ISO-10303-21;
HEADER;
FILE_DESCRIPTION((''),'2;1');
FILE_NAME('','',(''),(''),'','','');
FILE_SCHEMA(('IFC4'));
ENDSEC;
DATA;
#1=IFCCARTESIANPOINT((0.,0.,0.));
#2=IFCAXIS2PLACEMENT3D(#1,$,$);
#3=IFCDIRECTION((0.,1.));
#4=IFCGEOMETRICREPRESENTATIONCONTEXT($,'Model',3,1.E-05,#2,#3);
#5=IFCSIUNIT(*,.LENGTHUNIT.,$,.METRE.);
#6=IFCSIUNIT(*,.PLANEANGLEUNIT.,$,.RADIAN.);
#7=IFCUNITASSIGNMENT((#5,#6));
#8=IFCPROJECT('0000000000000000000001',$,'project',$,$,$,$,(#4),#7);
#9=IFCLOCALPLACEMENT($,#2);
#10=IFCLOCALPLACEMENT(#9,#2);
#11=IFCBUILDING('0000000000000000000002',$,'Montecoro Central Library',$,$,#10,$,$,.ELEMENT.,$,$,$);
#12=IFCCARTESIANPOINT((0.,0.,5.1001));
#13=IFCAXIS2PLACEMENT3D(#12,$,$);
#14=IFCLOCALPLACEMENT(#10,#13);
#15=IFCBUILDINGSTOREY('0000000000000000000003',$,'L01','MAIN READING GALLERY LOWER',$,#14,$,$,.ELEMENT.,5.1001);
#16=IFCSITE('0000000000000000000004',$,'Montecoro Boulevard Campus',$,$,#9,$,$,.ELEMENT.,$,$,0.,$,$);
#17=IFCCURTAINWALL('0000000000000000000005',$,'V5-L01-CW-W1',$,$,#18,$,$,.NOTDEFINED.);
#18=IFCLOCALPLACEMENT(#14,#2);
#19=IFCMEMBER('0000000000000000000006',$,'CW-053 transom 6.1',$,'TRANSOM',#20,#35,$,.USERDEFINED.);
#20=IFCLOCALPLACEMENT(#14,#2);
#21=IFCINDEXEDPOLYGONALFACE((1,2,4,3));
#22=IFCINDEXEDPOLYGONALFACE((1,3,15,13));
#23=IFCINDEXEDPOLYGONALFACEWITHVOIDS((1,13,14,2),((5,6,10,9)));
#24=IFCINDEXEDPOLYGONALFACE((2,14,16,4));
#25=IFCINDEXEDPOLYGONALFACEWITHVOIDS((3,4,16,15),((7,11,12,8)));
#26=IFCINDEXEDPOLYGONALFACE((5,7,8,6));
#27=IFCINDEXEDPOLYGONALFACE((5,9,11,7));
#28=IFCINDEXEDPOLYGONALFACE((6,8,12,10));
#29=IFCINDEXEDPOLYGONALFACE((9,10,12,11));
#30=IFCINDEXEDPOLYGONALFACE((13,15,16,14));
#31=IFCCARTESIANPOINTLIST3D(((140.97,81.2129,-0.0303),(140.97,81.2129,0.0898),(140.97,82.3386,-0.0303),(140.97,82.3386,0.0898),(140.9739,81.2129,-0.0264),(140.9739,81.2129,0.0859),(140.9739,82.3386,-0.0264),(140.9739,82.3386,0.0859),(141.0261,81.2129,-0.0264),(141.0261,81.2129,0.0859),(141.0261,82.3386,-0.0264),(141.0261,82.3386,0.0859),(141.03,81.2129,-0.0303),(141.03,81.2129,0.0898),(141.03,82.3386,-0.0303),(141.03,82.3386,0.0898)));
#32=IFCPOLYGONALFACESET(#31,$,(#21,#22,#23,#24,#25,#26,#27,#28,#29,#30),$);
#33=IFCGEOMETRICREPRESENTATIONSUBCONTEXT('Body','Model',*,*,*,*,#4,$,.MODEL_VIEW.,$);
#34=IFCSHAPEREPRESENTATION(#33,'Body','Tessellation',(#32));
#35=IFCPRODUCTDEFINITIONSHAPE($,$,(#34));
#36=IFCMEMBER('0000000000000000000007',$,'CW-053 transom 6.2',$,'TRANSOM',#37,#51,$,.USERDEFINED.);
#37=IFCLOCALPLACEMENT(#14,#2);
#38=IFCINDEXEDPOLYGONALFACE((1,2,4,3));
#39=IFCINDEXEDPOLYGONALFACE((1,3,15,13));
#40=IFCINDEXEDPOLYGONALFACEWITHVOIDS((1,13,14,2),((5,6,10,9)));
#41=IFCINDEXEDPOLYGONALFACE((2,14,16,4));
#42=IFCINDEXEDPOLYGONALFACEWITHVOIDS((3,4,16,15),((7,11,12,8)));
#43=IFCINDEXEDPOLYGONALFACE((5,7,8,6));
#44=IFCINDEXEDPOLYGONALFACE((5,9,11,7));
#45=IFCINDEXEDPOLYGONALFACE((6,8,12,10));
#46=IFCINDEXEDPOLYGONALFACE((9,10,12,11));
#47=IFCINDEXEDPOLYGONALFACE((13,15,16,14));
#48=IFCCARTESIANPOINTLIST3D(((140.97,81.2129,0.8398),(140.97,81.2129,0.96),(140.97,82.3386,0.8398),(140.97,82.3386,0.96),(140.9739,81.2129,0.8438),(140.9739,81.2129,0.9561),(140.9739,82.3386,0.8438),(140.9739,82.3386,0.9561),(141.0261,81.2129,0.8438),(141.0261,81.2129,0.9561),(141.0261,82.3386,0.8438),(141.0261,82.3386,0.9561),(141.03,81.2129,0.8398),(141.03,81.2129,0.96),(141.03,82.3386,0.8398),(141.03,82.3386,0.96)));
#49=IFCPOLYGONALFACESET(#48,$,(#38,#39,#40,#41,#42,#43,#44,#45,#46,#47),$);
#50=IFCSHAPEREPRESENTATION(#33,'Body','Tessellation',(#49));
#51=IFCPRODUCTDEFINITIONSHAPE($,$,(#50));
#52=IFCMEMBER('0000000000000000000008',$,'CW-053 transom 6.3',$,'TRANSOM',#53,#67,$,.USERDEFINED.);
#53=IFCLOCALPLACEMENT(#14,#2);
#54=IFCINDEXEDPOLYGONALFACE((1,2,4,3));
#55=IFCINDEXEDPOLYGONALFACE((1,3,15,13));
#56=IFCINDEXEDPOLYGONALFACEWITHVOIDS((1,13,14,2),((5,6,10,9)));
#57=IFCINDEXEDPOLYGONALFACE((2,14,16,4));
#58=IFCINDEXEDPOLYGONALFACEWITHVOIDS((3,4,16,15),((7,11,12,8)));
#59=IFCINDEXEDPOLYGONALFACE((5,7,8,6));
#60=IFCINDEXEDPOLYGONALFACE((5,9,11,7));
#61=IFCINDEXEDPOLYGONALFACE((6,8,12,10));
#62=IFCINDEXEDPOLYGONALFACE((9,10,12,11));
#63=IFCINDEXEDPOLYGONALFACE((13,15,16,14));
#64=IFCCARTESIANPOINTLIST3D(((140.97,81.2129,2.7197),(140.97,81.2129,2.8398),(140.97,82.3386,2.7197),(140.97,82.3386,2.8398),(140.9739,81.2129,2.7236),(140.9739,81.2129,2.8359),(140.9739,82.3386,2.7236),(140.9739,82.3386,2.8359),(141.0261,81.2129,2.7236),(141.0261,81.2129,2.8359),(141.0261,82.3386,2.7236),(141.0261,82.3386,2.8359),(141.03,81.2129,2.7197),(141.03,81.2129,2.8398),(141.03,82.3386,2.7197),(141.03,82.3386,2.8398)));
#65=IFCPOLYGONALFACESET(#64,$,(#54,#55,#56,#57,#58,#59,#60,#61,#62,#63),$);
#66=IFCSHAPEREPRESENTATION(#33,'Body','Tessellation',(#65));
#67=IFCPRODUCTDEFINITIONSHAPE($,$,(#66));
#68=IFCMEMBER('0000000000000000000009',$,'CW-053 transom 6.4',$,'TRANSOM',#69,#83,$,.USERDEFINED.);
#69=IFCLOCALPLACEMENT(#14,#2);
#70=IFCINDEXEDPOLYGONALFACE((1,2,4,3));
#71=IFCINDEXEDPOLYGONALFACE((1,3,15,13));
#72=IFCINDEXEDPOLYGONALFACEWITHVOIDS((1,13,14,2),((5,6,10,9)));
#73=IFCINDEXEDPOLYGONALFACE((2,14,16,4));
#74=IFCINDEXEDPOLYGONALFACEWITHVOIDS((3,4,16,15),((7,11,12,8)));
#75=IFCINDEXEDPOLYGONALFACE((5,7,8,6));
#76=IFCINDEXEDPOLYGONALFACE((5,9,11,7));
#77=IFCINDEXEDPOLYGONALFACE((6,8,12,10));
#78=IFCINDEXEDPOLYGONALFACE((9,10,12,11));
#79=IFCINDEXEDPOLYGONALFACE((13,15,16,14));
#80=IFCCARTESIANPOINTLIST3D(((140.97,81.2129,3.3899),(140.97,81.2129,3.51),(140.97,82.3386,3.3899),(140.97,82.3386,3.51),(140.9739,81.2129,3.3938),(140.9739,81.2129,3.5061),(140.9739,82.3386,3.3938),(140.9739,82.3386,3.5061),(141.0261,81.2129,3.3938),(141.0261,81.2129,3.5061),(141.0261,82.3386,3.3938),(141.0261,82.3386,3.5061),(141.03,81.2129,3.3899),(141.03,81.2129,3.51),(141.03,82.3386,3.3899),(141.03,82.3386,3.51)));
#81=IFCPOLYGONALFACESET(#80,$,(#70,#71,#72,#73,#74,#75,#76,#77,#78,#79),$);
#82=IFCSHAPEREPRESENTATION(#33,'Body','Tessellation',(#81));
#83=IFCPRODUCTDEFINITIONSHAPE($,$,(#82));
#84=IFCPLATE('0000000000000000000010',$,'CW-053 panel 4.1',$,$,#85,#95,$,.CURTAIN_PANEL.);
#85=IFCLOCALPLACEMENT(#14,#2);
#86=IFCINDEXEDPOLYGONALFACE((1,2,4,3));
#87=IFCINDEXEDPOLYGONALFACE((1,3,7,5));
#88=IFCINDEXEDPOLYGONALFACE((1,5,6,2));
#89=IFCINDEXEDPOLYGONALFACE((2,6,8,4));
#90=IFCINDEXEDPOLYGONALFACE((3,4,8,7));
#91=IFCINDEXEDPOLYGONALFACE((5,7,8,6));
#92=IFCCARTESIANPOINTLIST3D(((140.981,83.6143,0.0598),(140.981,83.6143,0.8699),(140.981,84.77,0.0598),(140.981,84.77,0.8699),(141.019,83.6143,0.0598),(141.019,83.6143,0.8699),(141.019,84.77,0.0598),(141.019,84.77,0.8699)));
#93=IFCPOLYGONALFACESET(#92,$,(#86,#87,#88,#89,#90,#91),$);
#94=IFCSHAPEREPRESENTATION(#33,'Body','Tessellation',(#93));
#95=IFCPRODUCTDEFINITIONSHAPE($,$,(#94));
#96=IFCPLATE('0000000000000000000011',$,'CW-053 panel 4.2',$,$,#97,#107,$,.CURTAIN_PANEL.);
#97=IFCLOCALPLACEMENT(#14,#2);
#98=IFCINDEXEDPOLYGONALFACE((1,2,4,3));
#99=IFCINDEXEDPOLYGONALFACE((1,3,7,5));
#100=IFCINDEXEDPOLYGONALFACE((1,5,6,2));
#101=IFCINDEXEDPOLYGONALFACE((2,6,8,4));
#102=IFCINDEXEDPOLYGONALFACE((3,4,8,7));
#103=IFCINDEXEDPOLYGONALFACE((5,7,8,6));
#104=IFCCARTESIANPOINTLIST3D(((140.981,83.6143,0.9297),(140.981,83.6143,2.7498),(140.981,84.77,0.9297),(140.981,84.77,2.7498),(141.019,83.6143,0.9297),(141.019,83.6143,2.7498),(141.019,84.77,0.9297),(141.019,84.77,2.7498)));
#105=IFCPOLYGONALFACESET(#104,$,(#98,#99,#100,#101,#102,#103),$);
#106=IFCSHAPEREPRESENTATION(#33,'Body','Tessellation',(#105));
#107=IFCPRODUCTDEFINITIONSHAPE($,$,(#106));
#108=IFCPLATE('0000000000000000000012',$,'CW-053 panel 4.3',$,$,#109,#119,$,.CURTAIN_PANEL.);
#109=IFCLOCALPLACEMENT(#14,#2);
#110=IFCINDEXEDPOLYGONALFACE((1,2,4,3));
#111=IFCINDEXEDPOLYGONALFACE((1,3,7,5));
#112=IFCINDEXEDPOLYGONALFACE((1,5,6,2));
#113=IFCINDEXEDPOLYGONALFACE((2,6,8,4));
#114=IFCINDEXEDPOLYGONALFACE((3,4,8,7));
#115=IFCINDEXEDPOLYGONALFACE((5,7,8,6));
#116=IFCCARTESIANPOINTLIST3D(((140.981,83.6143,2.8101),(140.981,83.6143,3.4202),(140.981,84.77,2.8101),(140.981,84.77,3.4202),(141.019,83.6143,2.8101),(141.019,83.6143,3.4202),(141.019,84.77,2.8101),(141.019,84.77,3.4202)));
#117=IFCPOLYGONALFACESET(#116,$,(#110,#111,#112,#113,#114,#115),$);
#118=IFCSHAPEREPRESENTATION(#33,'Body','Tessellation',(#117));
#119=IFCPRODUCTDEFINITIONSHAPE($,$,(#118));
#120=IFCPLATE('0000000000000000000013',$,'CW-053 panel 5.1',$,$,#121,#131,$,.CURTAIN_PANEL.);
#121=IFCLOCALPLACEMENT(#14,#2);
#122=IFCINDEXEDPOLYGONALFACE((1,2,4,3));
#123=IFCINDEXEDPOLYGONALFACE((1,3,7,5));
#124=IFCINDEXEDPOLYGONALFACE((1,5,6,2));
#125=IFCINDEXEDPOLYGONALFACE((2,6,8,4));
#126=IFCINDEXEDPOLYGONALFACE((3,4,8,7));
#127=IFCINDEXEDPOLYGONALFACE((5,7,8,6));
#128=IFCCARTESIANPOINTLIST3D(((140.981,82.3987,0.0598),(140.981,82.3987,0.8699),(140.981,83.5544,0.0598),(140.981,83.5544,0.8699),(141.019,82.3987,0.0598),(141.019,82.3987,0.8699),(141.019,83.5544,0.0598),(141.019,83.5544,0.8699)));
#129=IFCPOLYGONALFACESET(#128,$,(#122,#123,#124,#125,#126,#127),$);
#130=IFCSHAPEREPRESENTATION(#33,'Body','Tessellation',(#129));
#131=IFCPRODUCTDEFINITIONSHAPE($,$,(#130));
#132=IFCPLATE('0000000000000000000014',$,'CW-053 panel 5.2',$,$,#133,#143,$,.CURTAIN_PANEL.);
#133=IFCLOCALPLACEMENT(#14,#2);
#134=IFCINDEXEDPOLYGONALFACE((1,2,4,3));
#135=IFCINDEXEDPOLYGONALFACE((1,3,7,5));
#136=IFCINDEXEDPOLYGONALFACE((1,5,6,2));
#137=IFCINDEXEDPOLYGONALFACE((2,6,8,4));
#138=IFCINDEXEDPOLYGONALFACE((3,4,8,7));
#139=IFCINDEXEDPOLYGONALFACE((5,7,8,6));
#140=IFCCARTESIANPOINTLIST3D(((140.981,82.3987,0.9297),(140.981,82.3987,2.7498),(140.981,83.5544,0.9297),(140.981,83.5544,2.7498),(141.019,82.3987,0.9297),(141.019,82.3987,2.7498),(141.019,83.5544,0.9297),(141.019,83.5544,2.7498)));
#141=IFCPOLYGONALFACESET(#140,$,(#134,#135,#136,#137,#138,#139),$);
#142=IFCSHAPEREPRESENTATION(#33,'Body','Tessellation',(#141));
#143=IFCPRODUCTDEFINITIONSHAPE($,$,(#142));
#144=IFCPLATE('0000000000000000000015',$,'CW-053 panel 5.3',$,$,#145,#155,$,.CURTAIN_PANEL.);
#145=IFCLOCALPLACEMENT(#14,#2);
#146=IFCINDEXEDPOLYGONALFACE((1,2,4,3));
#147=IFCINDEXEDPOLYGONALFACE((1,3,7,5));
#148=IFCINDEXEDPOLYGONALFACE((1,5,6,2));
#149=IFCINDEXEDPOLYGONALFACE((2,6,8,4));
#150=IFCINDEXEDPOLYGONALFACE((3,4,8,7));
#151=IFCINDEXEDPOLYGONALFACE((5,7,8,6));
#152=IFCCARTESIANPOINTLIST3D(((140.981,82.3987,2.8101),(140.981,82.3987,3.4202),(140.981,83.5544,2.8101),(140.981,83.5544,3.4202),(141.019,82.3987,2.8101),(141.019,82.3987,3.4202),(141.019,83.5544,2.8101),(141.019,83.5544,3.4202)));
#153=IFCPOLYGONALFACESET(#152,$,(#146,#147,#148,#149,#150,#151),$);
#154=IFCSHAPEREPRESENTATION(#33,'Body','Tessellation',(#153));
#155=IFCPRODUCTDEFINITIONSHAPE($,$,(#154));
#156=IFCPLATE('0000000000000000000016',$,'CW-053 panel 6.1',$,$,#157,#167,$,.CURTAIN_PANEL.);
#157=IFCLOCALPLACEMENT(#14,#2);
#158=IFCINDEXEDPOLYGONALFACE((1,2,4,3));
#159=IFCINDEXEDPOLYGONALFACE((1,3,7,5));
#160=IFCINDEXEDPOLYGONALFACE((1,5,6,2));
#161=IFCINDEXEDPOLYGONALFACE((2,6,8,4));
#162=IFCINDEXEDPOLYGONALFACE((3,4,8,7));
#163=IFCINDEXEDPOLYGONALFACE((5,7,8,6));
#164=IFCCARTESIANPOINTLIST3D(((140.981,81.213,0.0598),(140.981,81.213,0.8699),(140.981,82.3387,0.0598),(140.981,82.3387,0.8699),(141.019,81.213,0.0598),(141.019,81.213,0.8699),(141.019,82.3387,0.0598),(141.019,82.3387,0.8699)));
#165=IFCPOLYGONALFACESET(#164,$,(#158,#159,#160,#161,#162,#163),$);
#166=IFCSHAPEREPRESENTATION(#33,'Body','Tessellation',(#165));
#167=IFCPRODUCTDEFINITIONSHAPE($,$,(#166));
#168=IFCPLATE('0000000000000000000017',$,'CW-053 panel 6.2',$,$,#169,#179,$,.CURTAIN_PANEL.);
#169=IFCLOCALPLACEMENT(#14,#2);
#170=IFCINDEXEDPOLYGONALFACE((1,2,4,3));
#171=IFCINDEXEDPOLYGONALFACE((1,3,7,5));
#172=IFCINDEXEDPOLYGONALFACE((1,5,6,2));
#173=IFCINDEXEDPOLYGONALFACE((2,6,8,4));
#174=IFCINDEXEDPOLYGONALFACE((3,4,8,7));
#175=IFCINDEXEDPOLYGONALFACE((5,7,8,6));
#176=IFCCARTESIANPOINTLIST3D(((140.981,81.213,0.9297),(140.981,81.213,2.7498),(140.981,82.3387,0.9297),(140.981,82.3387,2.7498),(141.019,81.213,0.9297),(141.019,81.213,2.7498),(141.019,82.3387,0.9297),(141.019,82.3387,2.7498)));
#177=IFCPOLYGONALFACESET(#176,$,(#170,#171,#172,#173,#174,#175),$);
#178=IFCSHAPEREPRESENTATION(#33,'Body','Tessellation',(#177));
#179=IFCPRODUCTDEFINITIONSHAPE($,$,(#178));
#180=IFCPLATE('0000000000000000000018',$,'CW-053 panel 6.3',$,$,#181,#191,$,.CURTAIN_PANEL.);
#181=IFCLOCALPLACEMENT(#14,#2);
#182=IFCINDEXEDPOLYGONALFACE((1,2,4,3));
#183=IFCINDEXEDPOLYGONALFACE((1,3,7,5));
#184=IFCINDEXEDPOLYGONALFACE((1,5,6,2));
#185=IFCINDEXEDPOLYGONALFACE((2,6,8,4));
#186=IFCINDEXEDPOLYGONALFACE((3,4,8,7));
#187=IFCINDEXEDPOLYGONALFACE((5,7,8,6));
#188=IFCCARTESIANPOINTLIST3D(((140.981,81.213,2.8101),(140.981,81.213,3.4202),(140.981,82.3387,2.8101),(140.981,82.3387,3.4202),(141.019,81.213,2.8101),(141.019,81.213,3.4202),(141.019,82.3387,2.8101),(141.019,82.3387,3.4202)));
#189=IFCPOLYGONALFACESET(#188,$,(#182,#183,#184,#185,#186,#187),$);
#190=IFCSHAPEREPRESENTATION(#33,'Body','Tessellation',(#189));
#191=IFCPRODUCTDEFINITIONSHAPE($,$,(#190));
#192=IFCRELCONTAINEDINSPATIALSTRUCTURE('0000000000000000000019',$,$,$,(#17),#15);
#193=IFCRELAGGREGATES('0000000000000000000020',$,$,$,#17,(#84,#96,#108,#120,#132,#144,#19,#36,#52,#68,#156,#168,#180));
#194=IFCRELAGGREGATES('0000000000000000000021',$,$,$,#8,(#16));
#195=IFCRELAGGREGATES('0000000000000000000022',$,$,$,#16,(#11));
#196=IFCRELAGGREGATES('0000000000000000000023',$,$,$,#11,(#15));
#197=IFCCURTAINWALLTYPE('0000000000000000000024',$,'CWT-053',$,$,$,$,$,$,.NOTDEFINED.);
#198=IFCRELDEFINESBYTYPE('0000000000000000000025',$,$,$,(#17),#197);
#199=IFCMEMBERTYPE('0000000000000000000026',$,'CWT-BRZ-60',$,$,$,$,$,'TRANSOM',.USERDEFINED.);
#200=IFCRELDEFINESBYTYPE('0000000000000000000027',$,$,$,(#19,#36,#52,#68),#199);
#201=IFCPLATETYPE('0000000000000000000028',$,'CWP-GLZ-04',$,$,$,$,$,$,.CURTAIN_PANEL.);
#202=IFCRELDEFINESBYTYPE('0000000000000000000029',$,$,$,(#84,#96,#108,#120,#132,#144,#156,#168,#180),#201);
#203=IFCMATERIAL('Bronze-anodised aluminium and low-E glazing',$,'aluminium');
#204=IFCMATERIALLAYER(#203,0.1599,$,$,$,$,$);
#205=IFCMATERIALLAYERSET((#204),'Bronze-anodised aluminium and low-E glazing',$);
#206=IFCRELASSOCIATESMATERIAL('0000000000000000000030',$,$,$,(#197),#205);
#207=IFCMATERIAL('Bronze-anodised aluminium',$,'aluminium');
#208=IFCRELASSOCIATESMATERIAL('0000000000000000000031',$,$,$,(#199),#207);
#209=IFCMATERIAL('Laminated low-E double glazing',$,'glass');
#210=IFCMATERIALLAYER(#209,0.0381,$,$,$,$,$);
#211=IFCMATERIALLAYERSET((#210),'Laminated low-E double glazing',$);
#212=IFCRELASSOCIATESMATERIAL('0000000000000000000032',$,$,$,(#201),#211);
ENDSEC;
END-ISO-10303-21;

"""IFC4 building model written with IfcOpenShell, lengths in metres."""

from ifc_helpers import new_model, si_unit, direction, frame, origin, origin_2d, place, context, subcontext, project, spatial, rectangle, hollow_rectangle, extrude, material, layer, layer_set, material_profile, profile_set, type_object, element, aggregate, save


model = new_model("IFC4")

# Units and contexts
model_context = context("Model", 3, precision=1e-05, world=origin(), true_north=direction((0.0, 1.0)))
body_context = subcontext(model_context, "Body", "Model", "MODEL_VIEW")
ifc_project = project(units=[si_unit("LENGTHUNIT", "METRE"), si_unit("PLANEANGLEUNIT", "RADIAN")], contexts=[model_context])

# Site, building, storey
site_placement = place(None, origin())
site = spatial("IfcSite", under=ifc_project, at=site_placement, Name="Montecoro Boulevard Campus", CompositionType="ELEMENT", RefElevation=0.0)
building_placement = place(site_placement, origin())
building = spatial("IfcBuilding", under=site, at=building_placement, Name="Montecoro Central Library", CompositionType="ELEMENT")
storey_placement = place(building_placement, frame((0.0, 0.0, 5.1001)))
storey = spatial("IfcBuildingStorey", under=building, at=storey_placement, Name="L01", Description="MAIN READING GALLERY LOWER", CompositionType="ELEMENT", Elevation=5.1001)

# Curtain wall, members, plates
ifc_material_1 = material(Name="Bronze-anodised aluminium and low-E glazing", Category="aluminium")
ifc_layer_1 = layer(ifc_material_1, 0.1599)
ifc_layer_set_1 = layer_set([ifc_layer_1], Name="Bronze-anodised aluminium and low-E glazing")
curtain_wall_type = type_object("IfcCurtainWallType", Name="CWT-053", PredefinedType="NOTDEFINED", material=ifc_layer_set_1)
curtain_wall_placement = place(storey_placement, origin())
curtain_wall = element("IfcCurtainWall", 1, at=curtain_wall_placement, inside=storey, type_object=curtain_wall_type, Name="V5-L01-CW-W1", PredefinedType="NOTDEFINED")
ifc_material_2 = material(Name="Bronze-anodised aluminium", Category="aluminium")
ifc_material_profile_1 = material_profile(ifc_material_2, hollow_rectangle(XDim=0.0601, YDim=0.1201, WallThickness=0.0039, at=origin_2d()), Name="CWT 120x60x4.0")
ifc_profile_set_1 = profile_set([ifc_material_profile_1], Name="Bronze-anodised aluminium")
member_type_1 = type_object("IfcMemberType", Name="CWT-BRZ-60", ElementType="TRANSOM", PredefinedType="USERDEFINED", material=ifc_profile_set_1)
member_1_placement = place(storey_placement, frame((141.0, 82.3386, 0.0298), z_axis=(0.0, -1.0, 0.0), x_axis=(1.0, 0.0, 0.0)))
member_1 = element("IfcMember", 2, at=member_1_placement, type_object=member_type_1, Name="CW-053 transom 6.1", ObjectType="TRANSOM", PredefinedType="USERDEFINED", context=body_context, shape_type="SweptSolid", body=[
    extrude(hollow_rectangle(XDim=0.0601, YDim=0.1201, WallThickness=0.0039, at=origin_2d()), origin(), (0.0, 0.0, 1.0), 1.1257),
])
member_2_placement = place(storey_placement, frame((141.0, 82.3386, 0.8999), z_axis=(0.0, -1.0, 0.0), x_axis=(1.0, 0.0, 0.0)))
member_2 = element("IfcMember", 3, at=member_2_placement, type_object=member_type_1, Name="CW-053 transom 6.2", ObjectType="TRANSOM", PredefinedType="USERDEFINED", context=body_context, shape_type="SweptSolid", body=[
    extrude(hollow_rectangle(XDim=0.0601, YDim=0.1201, WallThickness=0.0039, at=origin_2d()), origin(), (0.0, 0.0, 1.0), 1.1257),
])
member_3_placement = place(storey_placement, frame((141.0, 82.3386, 2.7798), z_axis=(0.0, -1.0, 0.0), x_axis=(1.0, 0.0, 0.0)))
member_3 = element("IfcMember", 4, at=member_3_placement, type_object=member_type_1, Name="CW-053 transom 6.3", ObjectType="TRANSOM", PredefinedType="USERDEFINED", context=body_context, shape_type="SweptSolid", body=[
    extrude(hollow_rectangle(XDim=0.0601, YDim=0.1201, WallThickness=0.0039, at=origin_2d()), origin(), (0.0, 0.0, 1.0), 1.1257),
])
member_4_placement = place(storey_placement, frame((141.0, 82.3386, 3.45), z_axis=(0.0, -1.0, 0.0), x_axis=(1.0, 0.0, 0.0)))
member_4 = element("IfcMember", 5, at=member_4_placement, type_object=member_type_1, Name="CW-053 transom 6.4", ObjectType="TRANSOM", PredefinedType="USERDEFINED", context=body_context, shape_type="SweptSolid", body=[
    extrude(hollow_rectangle(XDim=0.0601, YDim=0.1201, WallThickness=0.0039, at=origin_2d()), origin(), (0.0, 0.0, 1.0), 1.1257),
])
ifc_material_3 = material(Name="Laminated low-E double glazing", Category="glass")
ifc_layer_2 = layer(ifc_material_3, 0.0381)
ifc_layer_set_2 = layer_set([ifc_layer_2], Name="Laminated low-E double glazing")
plate_type = type_object("IfcPlateType", Name="CWP-GLZ-04", PredefinedType="CURTAIN_PANEL", material=ifc_layer_set_2)
plate_1_placement = place(storey_placement, frame((141.0, 84.1921, 0.0598), z_axis=(0.0, 0.0, 1.0), x_axis=(0.0, -1.0, 0.0)))
plate_1 = element("IfcPlate", 6, at=plate_1_placement, type_object=plate_type, Name="CW-053 panel 4.1", PredefinedType="CURTAIN_PANEL", context=body_context, shape_type="SweptSolid", body=[
    extrude(rectangle(XDim=1.1558, YDim=0.0381, at=origin_2d()), origin(), (0.0, 0.0, 1.0), 0.8101),
])
plate_2_placement = place(storey_placement, frame((141.0, 84.1921, 0.9297), z_axis=(0.0, 0.0, 1.0), x_axis=(0.0, -1.0, 0.0)))
plate_2 = element("IfcPlate", 7, at=plate_2_placement, type_object=plate_type, Name="CW-053 panel 4.2", PredefinedType="CURTAIN_PANEL", context=body_context, shape_type="SweptSolid", body=[
    extrude(rectangle(XDim=1.1558, YDim=0.0381, at=origin_2d()), origin(), (0.0, 0.0, 1.0), 1.8201),
])
plate_3_placement = place(storey_placement, frame((141.0, 84.1921, 2.8101), z_axis=(0.0, 0.0, 1.0), x_axis=(0.0, -1.0, 0.0)))
plate_3 = element("IfcPlate", 8, at=plate_3_placement, type_object=plate_type, Name="CW-053 panel 4.3", PredefinedType="CURTAIN_PANEL", context=body_context, shape_type="SweptSolid", body=[
    extrude(rectangle(XDim=1.1558, YDim=0.0381, at=origin_2d()), origin(), (0.0, 0.0, 1.0), 0.6101),
])
plate_4_placement = place(storey_placement, frame((141.0, 82.9766, 0.0598), z_axis=(0.0, 0.0, 1.0), x_axis=(0.0, -1.0, 0.0)))
plate_4 = element("IfcPlate", 9, at=plate_4_placement, type_object=plate_type, Name="CW-053 panel 5.1", PredefinedType="CURTAIN_PANEL", context=body_context, shape_type="SweptSolid", body=[
    extrude(rectangle(XDim=1.1558, YDim=0.0381, at=origin_2d()), origin(), (0.0, 0.0, 1.0), 0.8101),
])
plate_5_placement = place(storey_placement, frame((141.0, 82.9766, 0.9297), z_axis=(0.0, 0.0, 1.0), x_axis=(0.0, -1.0, 0.0)))
plate_5 = element("IfcPlate", 10, at=plate_5_placement, type_object=plate_type, Name="CW-053 panel 5.2", PredefinedType="CURTAIN_PANEL", context=body_context, shape_type="SweptSolid", body=[
    extrude(rectangle(XDim=1.1558, YDim=0.0381, at=origin_2d()), origin(), (0.0, 0.0, 1.0), 1.8201),
])
plate_6_placement = place(storey_placement, frame((141.0, 82.9766, 2.8101), z_axis=(0.0, 0.0, 1.0), x_axis=(0.0, -1.0, 0.0)))
plate_6 = element("IfcPlate", 11, at=plate_6_placement, type_object=plate_type, Name="CW-053 panel 5.3", PredefinedType="CURTAIN_PANEL", context=body_context, shape_type="SweptSolid", body=[
    extrude(rectangle(XDim=1.1558, YDim=0.0381, at=origin_2d()), origin(), (0.0, 0.0, 1.0), 0.6101),
])
plate_7_placement = place(storey_placement, frame((141.0, 81.7759, 0.0598), z_axis=(0.0, 0.0, 1.0), x_axis=(0.0, -1.0, 0.0)))
plate_7 = element("IfcPlate", 12, at=plate_7_placement, type_object=plate_type, Name="CW-053 panel 6.1", PredefinedType="CURTAIN_PANEL", context=body_context, shape_type="SweptSolid", body=[
    extrude(rectangle(XDim=1.1257, YDim=0.0381, at=origin_2d()), origin(), (0.0, 0.0, 1.0), 0.8101),
])
plate_8_placement = place(storey_placement, frame((141.0, 81.7759, 0.9297), z_axis=(0.0, 0.0, 1.0), x_axis=(0.0, -1.0, 0.0)))
plate_8 = element("IfcPlate", 13, at=plate_8_placement, type_object=plate_type, Name="CW-053 panel 6.2", PredefinedType="CURTAIN_PANEL", context=body_context, shape_type="SweptSolid", body=[
    extrude(rectangle(XDim=1.1257, YDim=0.0381, at=origin_2d()), origin(), (0.0, 0.0, 1.0), 1.8201),
])
plate_9_placement = place(storey_placement, frame((141.0, 81.7759, 2.8101), z_axis=(0.0, 0.0, 1.0), x_axis=(0.0, -1.0, 0.0)))
plate_9 = element("IfcPlate", 14, at=plate_9_placement, type_object=plate_type, Name="CW-053 panel 6.3", PredefinedType="CURTAIN_PANEL", context=body_context, shape_type="SweptSolid", body=[
    extrude(rectangle(XDim=1.1257, YDim=0.0381, at=origin_2d()), origin(), (0.0, 0.0, 1.0), 0.6101),
])
aggregate(curtain_wall, [plate_1, plate_2, plate_3, plate_4, plate_5, plate_6, member_1, member_2, member_3, member_4, plate_7, plate_8, plate_9])

save(model, "model.ifc")
